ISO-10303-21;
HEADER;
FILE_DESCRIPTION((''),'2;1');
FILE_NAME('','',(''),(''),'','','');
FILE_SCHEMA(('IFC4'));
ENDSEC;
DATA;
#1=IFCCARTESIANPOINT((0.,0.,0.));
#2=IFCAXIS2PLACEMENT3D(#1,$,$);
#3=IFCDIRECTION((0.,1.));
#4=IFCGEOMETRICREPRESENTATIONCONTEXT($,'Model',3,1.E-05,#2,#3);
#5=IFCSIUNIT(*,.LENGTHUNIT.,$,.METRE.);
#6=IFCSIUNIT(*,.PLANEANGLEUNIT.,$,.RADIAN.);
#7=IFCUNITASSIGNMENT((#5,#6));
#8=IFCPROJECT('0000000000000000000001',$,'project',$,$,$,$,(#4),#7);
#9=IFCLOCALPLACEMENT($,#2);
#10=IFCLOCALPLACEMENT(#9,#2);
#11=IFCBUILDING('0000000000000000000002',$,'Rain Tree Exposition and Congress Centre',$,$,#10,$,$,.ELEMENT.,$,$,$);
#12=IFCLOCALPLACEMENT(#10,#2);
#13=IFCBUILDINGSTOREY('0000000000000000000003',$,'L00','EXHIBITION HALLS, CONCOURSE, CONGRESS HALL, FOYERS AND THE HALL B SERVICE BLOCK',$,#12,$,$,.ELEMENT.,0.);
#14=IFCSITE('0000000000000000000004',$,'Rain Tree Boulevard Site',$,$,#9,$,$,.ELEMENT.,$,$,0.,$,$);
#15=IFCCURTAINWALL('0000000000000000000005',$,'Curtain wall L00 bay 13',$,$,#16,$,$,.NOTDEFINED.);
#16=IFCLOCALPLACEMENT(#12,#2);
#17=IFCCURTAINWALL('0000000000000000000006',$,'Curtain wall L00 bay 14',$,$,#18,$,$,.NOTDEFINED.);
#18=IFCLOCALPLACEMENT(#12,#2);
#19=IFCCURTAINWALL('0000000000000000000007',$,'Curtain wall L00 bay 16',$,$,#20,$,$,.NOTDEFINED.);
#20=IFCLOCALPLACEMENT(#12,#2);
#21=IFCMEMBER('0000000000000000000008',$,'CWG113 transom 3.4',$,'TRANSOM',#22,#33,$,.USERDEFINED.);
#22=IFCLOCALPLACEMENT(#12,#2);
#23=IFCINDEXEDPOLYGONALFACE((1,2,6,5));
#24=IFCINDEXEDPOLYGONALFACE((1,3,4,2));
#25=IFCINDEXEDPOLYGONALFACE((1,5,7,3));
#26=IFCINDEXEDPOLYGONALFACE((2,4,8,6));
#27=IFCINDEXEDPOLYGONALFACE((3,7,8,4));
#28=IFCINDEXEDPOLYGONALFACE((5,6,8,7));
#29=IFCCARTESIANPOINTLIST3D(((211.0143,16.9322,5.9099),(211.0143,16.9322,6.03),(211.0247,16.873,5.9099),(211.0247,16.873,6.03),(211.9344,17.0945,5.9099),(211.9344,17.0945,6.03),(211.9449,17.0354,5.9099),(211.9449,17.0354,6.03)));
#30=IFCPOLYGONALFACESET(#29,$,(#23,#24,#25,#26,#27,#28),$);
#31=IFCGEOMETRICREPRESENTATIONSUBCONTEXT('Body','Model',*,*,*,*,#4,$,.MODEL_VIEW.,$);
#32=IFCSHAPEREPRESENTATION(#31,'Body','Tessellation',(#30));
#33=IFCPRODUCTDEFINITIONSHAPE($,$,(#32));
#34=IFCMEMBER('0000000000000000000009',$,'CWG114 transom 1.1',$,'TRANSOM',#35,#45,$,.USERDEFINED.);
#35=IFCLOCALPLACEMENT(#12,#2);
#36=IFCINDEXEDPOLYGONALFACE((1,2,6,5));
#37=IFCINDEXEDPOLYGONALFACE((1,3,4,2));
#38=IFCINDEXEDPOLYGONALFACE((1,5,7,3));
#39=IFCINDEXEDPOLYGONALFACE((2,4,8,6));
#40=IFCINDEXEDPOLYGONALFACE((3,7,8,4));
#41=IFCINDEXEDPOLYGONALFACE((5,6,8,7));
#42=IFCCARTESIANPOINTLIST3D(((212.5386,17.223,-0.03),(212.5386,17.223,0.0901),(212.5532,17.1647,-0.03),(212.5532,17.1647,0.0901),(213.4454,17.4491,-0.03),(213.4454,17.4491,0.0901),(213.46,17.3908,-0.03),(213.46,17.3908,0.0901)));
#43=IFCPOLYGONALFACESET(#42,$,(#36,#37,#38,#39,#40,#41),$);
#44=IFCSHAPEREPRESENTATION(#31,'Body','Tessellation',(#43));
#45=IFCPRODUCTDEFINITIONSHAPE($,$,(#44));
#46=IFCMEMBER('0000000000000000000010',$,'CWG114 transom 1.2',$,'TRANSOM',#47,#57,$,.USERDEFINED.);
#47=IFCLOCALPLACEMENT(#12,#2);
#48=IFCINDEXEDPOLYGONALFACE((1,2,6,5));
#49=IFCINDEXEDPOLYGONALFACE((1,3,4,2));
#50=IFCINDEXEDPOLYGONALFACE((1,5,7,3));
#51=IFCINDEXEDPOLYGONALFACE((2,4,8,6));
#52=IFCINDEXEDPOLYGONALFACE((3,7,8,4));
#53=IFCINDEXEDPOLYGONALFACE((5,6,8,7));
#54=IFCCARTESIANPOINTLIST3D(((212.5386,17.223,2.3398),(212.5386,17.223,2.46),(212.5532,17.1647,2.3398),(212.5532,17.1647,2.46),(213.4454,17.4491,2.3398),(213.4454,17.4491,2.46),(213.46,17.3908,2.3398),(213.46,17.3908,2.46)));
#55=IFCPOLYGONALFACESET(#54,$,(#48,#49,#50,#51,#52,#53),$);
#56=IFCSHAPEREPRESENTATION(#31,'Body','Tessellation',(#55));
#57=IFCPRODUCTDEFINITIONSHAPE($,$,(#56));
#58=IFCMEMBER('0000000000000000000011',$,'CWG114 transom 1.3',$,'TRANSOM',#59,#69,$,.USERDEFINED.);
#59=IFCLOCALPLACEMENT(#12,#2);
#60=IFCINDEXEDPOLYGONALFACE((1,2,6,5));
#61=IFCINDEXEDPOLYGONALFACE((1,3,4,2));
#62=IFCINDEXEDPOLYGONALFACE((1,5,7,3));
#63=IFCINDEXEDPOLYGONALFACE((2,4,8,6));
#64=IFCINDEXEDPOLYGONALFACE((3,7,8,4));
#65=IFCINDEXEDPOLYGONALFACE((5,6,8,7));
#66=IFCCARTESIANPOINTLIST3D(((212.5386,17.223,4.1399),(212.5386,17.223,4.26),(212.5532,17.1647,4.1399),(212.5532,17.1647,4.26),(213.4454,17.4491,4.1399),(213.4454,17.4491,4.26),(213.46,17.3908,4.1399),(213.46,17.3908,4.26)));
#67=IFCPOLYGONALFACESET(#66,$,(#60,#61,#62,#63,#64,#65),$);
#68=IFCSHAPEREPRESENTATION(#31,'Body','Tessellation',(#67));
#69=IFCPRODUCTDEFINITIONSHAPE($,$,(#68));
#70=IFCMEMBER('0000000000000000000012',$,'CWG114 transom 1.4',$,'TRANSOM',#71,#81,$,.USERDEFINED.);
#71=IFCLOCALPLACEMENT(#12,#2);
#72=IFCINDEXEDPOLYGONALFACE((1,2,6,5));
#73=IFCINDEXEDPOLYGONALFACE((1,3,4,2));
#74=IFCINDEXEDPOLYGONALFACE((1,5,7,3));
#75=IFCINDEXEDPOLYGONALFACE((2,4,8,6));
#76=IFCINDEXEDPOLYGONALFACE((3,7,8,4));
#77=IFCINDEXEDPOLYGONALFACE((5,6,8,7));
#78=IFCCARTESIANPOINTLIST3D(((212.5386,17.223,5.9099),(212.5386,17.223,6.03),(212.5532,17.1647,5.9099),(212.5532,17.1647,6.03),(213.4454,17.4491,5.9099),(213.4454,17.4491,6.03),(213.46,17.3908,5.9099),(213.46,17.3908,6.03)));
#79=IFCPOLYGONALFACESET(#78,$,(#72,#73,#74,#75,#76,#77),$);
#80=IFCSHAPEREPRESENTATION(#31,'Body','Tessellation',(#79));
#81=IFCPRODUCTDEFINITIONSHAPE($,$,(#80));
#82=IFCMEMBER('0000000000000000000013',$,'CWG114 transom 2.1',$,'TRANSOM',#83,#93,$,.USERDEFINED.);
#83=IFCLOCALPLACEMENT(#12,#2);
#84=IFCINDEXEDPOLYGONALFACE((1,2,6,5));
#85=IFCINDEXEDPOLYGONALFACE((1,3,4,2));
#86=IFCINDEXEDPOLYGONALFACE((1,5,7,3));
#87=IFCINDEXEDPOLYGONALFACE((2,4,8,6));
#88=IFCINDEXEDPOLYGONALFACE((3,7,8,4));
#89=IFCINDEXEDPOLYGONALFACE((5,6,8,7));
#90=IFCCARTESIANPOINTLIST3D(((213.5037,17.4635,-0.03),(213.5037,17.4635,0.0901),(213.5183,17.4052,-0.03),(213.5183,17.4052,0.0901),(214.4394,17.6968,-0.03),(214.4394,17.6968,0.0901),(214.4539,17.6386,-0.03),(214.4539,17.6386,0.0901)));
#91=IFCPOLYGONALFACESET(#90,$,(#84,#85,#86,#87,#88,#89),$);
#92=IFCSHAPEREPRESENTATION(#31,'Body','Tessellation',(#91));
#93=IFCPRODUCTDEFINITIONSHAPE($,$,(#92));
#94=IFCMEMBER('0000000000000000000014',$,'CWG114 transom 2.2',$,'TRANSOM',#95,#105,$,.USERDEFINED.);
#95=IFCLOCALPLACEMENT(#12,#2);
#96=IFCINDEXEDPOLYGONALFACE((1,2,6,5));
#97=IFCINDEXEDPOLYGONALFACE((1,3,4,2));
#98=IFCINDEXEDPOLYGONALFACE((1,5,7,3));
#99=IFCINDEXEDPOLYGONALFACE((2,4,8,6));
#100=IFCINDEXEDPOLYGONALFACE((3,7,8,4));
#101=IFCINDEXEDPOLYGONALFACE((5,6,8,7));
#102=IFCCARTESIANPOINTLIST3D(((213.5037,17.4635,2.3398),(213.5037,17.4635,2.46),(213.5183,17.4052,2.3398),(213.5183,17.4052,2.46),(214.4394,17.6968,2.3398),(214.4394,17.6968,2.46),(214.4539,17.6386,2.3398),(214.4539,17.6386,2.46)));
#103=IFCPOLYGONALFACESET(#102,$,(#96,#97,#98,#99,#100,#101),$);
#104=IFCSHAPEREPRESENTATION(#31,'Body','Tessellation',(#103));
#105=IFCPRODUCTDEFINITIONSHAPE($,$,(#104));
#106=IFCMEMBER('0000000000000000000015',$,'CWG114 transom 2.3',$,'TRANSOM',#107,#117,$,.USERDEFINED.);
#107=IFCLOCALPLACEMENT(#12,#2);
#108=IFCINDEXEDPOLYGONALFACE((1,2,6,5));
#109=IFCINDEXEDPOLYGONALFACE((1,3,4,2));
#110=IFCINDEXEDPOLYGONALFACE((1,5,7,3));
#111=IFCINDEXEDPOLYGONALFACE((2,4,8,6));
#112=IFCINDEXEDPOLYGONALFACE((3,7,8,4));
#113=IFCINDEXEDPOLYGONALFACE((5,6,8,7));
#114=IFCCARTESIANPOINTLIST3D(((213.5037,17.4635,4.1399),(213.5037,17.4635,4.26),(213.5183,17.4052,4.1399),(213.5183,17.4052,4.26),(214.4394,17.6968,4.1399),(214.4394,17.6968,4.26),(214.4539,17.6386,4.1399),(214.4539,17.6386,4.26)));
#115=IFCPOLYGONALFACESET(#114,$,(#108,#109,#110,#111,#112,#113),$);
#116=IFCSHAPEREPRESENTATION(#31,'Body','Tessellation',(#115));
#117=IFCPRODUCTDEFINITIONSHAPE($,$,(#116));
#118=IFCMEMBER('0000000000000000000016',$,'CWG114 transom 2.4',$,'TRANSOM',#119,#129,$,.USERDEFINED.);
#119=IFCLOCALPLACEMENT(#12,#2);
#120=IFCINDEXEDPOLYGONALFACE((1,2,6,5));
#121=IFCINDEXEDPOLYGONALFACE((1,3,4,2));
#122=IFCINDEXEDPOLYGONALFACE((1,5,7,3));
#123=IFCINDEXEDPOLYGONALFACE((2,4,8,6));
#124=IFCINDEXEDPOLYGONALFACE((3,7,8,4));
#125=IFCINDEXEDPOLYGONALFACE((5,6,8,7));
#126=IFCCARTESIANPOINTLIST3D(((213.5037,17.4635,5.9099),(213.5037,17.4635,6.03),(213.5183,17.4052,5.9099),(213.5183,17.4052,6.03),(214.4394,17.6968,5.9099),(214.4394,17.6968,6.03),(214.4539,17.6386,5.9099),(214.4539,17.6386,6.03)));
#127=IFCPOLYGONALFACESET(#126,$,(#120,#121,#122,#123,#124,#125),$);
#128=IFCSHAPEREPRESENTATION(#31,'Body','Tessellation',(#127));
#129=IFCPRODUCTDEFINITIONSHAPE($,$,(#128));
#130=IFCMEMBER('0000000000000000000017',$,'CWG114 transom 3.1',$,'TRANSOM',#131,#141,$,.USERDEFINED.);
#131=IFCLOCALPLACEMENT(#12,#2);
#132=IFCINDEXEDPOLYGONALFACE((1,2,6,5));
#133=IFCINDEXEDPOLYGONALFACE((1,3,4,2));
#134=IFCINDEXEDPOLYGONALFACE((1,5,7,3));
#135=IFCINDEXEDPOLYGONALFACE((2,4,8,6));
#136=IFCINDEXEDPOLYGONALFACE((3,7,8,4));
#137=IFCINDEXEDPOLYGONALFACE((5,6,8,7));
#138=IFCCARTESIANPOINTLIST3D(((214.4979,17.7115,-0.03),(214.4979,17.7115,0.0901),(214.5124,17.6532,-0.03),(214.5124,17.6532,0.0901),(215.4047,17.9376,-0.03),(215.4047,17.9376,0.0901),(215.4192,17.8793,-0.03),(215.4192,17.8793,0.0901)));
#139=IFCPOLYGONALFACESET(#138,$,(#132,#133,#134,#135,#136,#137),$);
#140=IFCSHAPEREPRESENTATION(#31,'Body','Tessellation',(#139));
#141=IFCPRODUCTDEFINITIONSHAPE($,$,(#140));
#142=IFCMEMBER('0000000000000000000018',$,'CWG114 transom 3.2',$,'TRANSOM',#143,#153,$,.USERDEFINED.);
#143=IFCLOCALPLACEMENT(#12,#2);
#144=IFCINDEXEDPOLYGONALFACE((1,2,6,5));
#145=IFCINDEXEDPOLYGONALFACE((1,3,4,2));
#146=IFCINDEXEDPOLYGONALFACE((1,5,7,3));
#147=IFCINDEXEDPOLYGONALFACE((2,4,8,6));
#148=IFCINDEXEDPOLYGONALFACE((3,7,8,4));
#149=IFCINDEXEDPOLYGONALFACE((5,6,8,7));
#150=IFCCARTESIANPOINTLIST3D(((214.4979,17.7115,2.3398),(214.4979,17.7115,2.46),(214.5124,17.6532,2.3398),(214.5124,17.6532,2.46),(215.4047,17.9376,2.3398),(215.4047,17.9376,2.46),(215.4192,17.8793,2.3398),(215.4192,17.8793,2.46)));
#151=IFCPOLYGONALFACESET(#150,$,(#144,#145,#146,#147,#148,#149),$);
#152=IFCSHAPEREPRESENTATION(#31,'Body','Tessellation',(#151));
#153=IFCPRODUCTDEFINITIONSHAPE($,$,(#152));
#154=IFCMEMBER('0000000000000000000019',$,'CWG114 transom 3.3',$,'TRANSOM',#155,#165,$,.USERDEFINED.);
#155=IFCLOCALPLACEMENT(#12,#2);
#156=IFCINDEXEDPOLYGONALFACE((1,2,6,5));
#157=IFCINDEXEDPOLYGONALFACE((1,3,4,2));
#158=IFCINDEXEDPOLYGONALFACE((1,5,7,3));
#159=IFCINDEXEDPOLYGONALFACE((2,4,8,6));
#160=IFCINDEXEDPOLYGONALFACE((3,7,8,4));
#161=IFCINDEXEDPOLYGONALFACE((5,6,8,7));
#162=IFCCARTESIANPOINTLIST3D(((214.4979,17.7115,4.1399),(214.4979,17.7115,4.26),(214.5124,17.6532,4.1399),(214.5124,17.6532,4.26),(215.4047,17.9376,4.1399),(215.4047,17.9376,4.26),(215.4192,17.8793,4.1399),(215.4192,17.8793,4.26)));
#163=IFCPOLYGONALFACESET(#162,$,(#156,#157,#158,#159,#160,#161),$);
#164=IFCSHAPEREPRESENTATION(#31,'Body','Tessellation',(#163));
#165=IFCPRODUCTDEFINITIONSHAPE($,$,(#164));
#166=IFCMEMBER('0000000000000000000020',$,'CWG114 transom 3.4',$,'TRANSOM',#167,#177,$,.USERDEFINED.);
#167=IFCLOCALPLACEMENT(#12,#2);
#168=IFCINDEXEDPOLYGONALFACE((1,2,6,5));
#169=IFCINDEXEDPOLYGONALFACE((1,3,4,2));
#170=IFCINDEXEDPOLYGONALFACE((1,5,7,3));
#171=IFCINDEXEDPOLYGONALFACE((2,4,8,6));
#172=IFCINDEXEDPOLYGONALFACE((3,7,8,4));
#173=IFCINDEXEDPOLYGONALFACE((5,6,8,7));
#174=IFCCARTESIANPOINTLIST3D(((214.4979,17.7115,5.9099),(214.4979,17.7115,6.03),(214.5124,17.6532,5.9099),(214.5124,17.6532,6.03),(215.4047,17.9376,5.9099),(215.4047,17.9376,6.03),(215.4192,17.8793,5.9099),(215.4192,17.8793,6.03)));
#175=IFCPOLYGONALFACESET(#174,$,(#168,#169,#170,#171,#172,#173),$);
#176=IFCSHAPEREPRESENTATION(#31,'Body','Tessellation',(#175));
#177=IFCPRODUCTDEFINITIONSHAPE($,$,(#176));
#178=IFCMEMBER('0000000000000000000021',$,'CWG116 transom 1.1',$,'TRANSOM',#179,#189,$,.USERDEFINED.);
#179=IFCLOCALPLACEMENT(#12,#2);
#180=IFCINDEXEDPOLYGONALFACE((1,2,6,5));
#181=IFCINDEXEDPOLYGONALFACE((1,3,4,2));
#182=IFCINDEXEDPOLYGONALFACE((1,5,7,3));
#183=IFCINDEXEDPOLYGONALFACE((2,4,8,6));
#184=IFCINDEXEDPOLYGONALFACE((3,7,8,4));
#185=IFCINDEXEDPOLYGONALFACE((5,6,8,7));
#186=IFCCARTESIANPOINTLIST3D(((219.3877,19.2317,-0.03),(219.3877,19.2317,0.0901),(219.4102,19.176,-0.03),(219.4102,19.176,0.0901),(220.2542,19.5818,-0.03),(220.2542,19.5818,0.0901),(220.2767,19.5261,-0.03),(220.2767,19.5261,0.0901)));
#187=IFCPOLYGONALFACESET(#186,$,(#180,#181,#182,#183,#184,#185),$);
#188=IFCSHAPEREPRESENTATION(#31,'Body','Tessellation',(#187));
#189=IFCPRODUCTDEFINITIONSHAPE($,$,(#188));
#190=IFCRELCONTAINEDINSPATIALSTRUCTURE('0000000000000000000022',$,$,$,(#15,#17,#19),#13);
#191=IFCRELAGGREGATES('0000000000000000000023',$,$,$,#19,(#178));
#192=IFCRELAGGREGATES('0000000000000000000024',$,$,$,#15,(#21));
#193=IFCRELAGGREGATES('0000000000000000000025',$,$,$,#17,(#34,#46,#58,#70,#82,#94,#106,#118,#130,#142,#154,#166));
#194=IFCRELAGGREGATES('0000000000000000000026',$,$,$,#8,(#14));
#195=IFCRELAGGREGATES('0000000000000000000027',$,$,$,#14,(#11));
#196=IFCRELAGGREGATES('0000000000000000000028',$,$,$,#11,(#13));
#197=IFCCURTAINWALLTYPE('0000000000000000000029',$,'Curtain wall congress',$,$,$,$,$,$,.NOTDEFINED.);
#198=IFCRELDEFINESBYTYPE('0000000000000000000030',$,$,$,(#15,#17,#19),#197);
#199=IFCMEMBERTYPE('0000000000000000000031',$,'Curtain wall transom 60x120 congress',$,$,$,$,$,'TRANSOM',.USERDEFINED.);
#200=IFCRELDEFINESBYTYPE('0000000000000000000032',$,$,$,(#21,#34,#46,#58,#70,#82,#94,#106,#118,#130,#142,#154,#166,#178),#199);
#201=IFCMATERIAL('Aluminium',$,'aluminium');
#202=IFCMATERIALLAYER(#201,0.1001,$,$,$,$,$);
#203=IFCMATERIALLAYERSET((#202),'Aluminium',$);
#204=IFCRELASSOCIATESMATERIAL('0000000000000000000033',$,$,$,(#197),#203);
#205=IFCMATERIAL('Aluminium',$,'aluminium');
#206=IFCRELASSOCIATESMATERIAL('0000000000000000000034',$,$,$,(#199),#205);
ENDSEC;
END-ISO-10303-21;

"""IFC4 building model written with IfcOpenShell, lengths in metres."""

from ifc_helpers import new_model, si_unit, direction, frame, origin, origin_2d, place, context, subcontext, project, spatial, rectangle, extrude, material, layer, layer_set, material_profile, profile_set, type_object, element, aggregate, save


model = new_model("IFC4")

# Units and contexts
model_context = context("Model", 3, precision=1e-05, world=origin(), true_north=direction((0.0, 1.0)))
body_context = subcontext(model_context, "Body", "Model", "MODEL_VIEW")
ifc_project = project(units=[si_unit("LENGTHUNIT", "METRE"), si_unit("PLANEANGLEUNIT", "RADIAN")], contexts=[model_context])

# Site, building, storey
site_placement = place(None, origin())
site = spatial("IfcSite", under=ifc_project, at=site_placement, Name="Rain Tree Boulevard Site", CompositionType="ELEMENT", RefElevation=0.0)
building_placement = place(site_placement, origin())
building = spatial("IfcBuilding", under=site, at=building_placement, Name="Rain Tree Exposition and Congress Centre", CompositionType="ELEMENT")
storey_placement = place(building_placement, origin())
storey = spatial("IfcBuildingStorey", under=building, at=storey_placement, Name="L00", Description="EXHIBITION HALLS, CONCOURSE, CONGRESS HALL, FOYERS AND THE HALL B SERVICE BLOCK", CompositionType="ELEMENT", Elevation=0.0)

# Curtain wall
ifc_material_1 = material(Name="Aluminium", Category="aluminium")
ifc_layer_1 = layer(ifc_material_1, 0.1001)
ifc_layer_set_1 = layer_set([ifc_layer_1], Name="Aluminium")
curtain_wall_type = type_object("IfcCurtainWallType", Name="Curtain wall congress", PredefinedType="NOTDEFINED", material=ifc_layer_set_1)
curtain_wall_1_placement = place(storey_placement, origin())
curtain_wall_1 = element("IfcCurtainWall", 1, at=curtain_wall_1_placement, inside=storey, type_object=curtain_wall_type, Name="Curtain wall L00 bay 13", PredefinedType="NOTDEFINED")

# Curtain wall
curtain_wall_2_placement = place(storey_placement, origin())
curtain_wall_2 = element("IfcCurtainWall", 2, at=curtain_wall_2_placement, inside=storey, type_object=curtain_wall_type, Name="Curtain wall L00 bay 14", PredefinedType="NOTDEFINED")

# Curtain wall
curtain_wall_3_placement = place(storey_placement, origin())
curtain_wall_3 = element("IfcCurtainWall", 3, at=curtain_wall_3_placement, inside=storey, type_object=curtain_wall_type, Name="Curtain wall L00 bay 16", PredefinedType="NOTDEFINED")

# Members
ifc_material_2 = material(Name="Aluminium", Category="aluminium")
ifc_material_profile_1 = material_profile(ifc_material_2, rectangle(XDim=0.0601, YDim=0.1201, at=origin_2d()), Name="AL 60x120")
ifc_profile_set_1 = profile_set([ifc_material_profile_1], Name="Aluminium")
member_type_1 = type_object("IfcMemberType", Name="Curtain wall transom 60x120 congress", ElementType="TRANSOM", PredefinedType="USERDEFINED", material=ifc_profile_set_1)
member_1_placement = place(storey_placement, frame((211.0195, 16.9026, 5.97), z_axis=(0.984789, 0.173756, 0.0), x_axis=(-0.173756, 0.984789, 0.0)))
member_1 = element("IfcMember", 4, at=member_1_placement, type_object=member_type_1, Name="CWG113 transom 3.4", ObjectType="TRANSOM", PredefinedType="USERDEFINED", context=body_context, shape_type="SweptSolid", body=[
    extrude(rectangle(XDim=0.0601, YDim=0.1201, at=origin_2d()), origin(), (0.0, 0.0, 1.0), 0.9343),
])
member_2_placement = place(storey_placement, frame((212.5459, 17.1938, 0.03), z_axis=(0.970296, 0.241921, 0.0), x_axis=(-0.241921, 0.970296, 0.0)))
member_2 = element("IfcMember", 5, at=member_2_placement, type_object=member_type_1, Name="CWG114 transom 1.1", ObjectType="TRANSOM", PredefinedType="USERDEFINED", context=body_context, shape_type="SweptSolid", body=[
    extrude(rectangle(XDim=0.0601, YDim=0.1201, at=origin_2d()), origin(), (0.0, 0.0, 1.0), 0.9346),
])
member_3_placement = place(storey_placement, frame((212.5459, 17.1938, 2.3999), z_axis=(0.970296, 0.241921, 0.0), x_axis=(-0.241921, 0.970296, 0.0)))
member_3 = element("IfcMember", 6, at=member_3_placement, type_object=member_type_1, Name="CWG114 transom 1.2", ObjectType="TRANSOM", PredefinedType="USERDEFINED", context=body_context, shape_type="SweptSolid", body=[
    extrude(rectangle(XDim=0.0601, YDim=0.1201, at=origin_2d()), origin(), (0.0, 0.0, 1.0), 0.9346),
])
member_4_placement = place(storey_placement, frame((212.5459, 17.1938, 4.2), z_axis=(0.970296, 0.241921, 0.0), x_axis=(-0.241921, 0.970296, 0.0)))
member_4 = element("IfcMember", 7, at=member_4_placement, type_object=member_type_1, Name="CWG114 transom 1.3", ObjectType="TRANSOM", PredefinedType="USERDEFINED", context=body_context, shape_type="SweptSolid", body=[
    extrude(rectangle(XDim=0.0601, YDim=0.1201, at=origin_2d()), origin(), (0.0, 0.0, 1.0), 0.9346),
])
member_5_placement = place(storey_placement, frame((212.5459, 17.1938, 5.97), z_axis=(0.970296, 0.241921, 0.0), x_axis=(-0.241921, 0.970296, 0.0)))
member_5 = element("IfcMember", 8, at=member_5_placement, type_object=member_type_1, Name="CWG114 transom 1.4", ObjectType="TRANSOM", PredefinedType="USERDEFINED", context=body_context, shape_type="SweptSolid", body=[
    extrude(rectangle(XDim=0.0601, YDim=0.1201, at=origin_2d()), origin(), (0.0, 0.0, 1.0), 0.9346),
])
member_6_placement = place(storey_placement, frame((213.511, 17.4343, 0.03), z_axis=(0.970276, 0.242, 0.0), x_axis=(-0.242, 0.970276, 0.0)))
member_6 = element("IfcMember", 9, at=member_6_placement, type_object=member_type_1, Name="CWG114 transom 2.1", ObjectType="TRANSOM", PredefinedType="USERDEFINED", context=body_context, shape_type="SweptSolid", body=[
    extrude(rectangle(XDim=0.0601, YDim=0.1201, at=origin_2d()), origin(), (0.0, 0.0, 1.0), 0.9644),
])
member_7_placement = place(storey_placement, frame((213.511, 17.4343, 2.3999), z_axis=(0.970276, 0.242, 0.0), x_axis=(-0.242, 0.970276, 0.0)))
member_7 = element("IfcMember", 10, at=member_7_placement, type_object=member_type_1, Name="CWG114 transom 2.2", ObjectType="TRANSOM", PredefinedType="USERDEFINED", context=body_context, shape_type="SweptSolid", body=[
    extrude(rectangle(XDim=0.0601, YDim=0.1201, at=origin_2d()), origin(), (0.0, 0.0, 1.0), 0.9644),
])
member_8_placement = place(storey_placement, frame((213.511, 17.4343, 4.2), z_axis=(0.970276, 0.242, 0.0), x_axis=(-0.242, 0.970276, 0.0)))
member_8 = element("IfcMember", 11, at=member_8_placement, type_object=member_type_1, Name="CWG114 transom 2.3", ObjectType="TRANSOM", PredefinedType="USERDEFINED", context=body_context, shape_type="SweptSolid", body=[
    extrude(rectangle(XDim=0.0601, YDim=0.1201, at=origin_2d()), origin(), (0.0, 0.0, 1.0), 0.9644),
])
member_9_placement = place(storey_placement, frame((213.511, 17.4343, 5.97), z_axis=(0.970276, 0.242, 0.0), x_axis=(-0.242, 0.970276, 0.0)))
member_9 = element("IfcMember", 12, at=member_9_placement, type_object=member_type_1, Name="CWG114 transom 2.4", ObjectType="TRANSOM", PredefinedType="USERDEFINED", context=body_context, shape_type="SweptSolid", body=[
    extrude(rectangle(XDim=0.0601, YDim=0.1201, at=origin_2d()), origin(), (0.0, 0.0, 1.0), 0.9644),
])
member_10_placement = place(storey_placement, frame((214.5051, 17.6824, 0.03), z_axis=(0.970296, 0.241921, 0.0), x_axis=(-0.241921, 0.970296, 0.0)))
member_10 = element("IfcMember", 13, at=member_10_placement, type_object=member_type_1, Name="CWG114 transom 3.1", ObjectType="TRANSOM", PredefinedType="USERDEFINED", context=body_context, shape_type="SweptSolid", body=[
    extrude(rectangle(XDim=0.0601, YDim=0.1201, at=origin_2d()), origin(), (0.0, 0.0, 1.0), 0.9346),
])
member_11_placement = place(storey_placement, frame((214.5051, 17.6824, 2.3999), z_axis=(0.970296, 0.241921, 0.0), x_axis=(-0.241921, 0.970296, 0.0)))
member_11 = element("IfcMember", 14, at=member_11_placement, type_object=member_type_1, Name="CWG114 transom 3.2", ObjectType="TRANSOM", PredefinedType="USERDEFINED", context=body_context, shape_type="SweptSolid", body=[
    extrude(rectangle(XDim=0.0601, YDim=0.1201, at=origin_2d()), origin(), (0.0, 0.0, 1.0), 0.9346),
])
member_12_placement = place(storey_placement, frame((214.5051, 17.6824, 4.2), z_axis=(0.970296, 0.241921, 0.0), x_axis=(-0.241921, 0.970296, 0.0)))
member_12 = element("IfcMember", 15, at=member_12_placement, type_object=member_type_1, Name="CWG114 transom 3.3", ObjectType="TRANSOM", PredefinedType="USERDEFINED", context=body_context, shape_type="SweptSolid", body=[
    extrude(rectangle(XDim=0.0601, YDim=0.1201, at=origin_2d()), origin(), (0.0, 0.0, 1.0), 0.9346),
])
member_13_placement = place(storey_placement, frame((214.5051, 17.6824, 5.97), z_axis=(0.970296, 0.241921, 0.0), x_axis=(-0.241921, 0.970296, 0.0)))
member_13 = element("IfcMember", 16, at=member_13_placement, type_object=member_type_1, Name="CWG114 transom 3.4", ObjectType="TRANSOM", PredefinedType="USERDEFINED", context=body_context, shape_type="SweptSolid", body=[
    extrude(rectangle(XDim=0.0601, YDim=0.1201, at=origin_2d()), origin(), (0.0, 0.0, 1.0), 0.9346),
])
member_14_placement = place(storey_placement, frame((219.3989, 19.2039, 0.03), z_axis=(0.927174, 0.374632, 0.0), x_axis=(-0.374632, 0.927174, 0.0)))
member_14 = element("IfcMember", 17, at=member_14_placement, type_object=member_type_1, Name="CWG116 transom 1.1", ObjectType="TRANSOM", PredefinedType="USERDEFINED", context=body_context, shape_type="SweptSolid", body=[
    extrude(rectangle(XDim=0.0601, YDim=0.1201, at=origin_2d()), origin(), (0.0, 0.0, 1.0), 0.9346),
])
aggregate(curtain_wall_3, [member_14])

aggregate(curtain_wall_1, [member_1])
aggregate(curtain_wall_2, [member_2, member_3, member_4, member_5, member_6, member_7, member_8, member_9, member_10, member_11, member_12, member_13])

save(model, "model.ifc")
